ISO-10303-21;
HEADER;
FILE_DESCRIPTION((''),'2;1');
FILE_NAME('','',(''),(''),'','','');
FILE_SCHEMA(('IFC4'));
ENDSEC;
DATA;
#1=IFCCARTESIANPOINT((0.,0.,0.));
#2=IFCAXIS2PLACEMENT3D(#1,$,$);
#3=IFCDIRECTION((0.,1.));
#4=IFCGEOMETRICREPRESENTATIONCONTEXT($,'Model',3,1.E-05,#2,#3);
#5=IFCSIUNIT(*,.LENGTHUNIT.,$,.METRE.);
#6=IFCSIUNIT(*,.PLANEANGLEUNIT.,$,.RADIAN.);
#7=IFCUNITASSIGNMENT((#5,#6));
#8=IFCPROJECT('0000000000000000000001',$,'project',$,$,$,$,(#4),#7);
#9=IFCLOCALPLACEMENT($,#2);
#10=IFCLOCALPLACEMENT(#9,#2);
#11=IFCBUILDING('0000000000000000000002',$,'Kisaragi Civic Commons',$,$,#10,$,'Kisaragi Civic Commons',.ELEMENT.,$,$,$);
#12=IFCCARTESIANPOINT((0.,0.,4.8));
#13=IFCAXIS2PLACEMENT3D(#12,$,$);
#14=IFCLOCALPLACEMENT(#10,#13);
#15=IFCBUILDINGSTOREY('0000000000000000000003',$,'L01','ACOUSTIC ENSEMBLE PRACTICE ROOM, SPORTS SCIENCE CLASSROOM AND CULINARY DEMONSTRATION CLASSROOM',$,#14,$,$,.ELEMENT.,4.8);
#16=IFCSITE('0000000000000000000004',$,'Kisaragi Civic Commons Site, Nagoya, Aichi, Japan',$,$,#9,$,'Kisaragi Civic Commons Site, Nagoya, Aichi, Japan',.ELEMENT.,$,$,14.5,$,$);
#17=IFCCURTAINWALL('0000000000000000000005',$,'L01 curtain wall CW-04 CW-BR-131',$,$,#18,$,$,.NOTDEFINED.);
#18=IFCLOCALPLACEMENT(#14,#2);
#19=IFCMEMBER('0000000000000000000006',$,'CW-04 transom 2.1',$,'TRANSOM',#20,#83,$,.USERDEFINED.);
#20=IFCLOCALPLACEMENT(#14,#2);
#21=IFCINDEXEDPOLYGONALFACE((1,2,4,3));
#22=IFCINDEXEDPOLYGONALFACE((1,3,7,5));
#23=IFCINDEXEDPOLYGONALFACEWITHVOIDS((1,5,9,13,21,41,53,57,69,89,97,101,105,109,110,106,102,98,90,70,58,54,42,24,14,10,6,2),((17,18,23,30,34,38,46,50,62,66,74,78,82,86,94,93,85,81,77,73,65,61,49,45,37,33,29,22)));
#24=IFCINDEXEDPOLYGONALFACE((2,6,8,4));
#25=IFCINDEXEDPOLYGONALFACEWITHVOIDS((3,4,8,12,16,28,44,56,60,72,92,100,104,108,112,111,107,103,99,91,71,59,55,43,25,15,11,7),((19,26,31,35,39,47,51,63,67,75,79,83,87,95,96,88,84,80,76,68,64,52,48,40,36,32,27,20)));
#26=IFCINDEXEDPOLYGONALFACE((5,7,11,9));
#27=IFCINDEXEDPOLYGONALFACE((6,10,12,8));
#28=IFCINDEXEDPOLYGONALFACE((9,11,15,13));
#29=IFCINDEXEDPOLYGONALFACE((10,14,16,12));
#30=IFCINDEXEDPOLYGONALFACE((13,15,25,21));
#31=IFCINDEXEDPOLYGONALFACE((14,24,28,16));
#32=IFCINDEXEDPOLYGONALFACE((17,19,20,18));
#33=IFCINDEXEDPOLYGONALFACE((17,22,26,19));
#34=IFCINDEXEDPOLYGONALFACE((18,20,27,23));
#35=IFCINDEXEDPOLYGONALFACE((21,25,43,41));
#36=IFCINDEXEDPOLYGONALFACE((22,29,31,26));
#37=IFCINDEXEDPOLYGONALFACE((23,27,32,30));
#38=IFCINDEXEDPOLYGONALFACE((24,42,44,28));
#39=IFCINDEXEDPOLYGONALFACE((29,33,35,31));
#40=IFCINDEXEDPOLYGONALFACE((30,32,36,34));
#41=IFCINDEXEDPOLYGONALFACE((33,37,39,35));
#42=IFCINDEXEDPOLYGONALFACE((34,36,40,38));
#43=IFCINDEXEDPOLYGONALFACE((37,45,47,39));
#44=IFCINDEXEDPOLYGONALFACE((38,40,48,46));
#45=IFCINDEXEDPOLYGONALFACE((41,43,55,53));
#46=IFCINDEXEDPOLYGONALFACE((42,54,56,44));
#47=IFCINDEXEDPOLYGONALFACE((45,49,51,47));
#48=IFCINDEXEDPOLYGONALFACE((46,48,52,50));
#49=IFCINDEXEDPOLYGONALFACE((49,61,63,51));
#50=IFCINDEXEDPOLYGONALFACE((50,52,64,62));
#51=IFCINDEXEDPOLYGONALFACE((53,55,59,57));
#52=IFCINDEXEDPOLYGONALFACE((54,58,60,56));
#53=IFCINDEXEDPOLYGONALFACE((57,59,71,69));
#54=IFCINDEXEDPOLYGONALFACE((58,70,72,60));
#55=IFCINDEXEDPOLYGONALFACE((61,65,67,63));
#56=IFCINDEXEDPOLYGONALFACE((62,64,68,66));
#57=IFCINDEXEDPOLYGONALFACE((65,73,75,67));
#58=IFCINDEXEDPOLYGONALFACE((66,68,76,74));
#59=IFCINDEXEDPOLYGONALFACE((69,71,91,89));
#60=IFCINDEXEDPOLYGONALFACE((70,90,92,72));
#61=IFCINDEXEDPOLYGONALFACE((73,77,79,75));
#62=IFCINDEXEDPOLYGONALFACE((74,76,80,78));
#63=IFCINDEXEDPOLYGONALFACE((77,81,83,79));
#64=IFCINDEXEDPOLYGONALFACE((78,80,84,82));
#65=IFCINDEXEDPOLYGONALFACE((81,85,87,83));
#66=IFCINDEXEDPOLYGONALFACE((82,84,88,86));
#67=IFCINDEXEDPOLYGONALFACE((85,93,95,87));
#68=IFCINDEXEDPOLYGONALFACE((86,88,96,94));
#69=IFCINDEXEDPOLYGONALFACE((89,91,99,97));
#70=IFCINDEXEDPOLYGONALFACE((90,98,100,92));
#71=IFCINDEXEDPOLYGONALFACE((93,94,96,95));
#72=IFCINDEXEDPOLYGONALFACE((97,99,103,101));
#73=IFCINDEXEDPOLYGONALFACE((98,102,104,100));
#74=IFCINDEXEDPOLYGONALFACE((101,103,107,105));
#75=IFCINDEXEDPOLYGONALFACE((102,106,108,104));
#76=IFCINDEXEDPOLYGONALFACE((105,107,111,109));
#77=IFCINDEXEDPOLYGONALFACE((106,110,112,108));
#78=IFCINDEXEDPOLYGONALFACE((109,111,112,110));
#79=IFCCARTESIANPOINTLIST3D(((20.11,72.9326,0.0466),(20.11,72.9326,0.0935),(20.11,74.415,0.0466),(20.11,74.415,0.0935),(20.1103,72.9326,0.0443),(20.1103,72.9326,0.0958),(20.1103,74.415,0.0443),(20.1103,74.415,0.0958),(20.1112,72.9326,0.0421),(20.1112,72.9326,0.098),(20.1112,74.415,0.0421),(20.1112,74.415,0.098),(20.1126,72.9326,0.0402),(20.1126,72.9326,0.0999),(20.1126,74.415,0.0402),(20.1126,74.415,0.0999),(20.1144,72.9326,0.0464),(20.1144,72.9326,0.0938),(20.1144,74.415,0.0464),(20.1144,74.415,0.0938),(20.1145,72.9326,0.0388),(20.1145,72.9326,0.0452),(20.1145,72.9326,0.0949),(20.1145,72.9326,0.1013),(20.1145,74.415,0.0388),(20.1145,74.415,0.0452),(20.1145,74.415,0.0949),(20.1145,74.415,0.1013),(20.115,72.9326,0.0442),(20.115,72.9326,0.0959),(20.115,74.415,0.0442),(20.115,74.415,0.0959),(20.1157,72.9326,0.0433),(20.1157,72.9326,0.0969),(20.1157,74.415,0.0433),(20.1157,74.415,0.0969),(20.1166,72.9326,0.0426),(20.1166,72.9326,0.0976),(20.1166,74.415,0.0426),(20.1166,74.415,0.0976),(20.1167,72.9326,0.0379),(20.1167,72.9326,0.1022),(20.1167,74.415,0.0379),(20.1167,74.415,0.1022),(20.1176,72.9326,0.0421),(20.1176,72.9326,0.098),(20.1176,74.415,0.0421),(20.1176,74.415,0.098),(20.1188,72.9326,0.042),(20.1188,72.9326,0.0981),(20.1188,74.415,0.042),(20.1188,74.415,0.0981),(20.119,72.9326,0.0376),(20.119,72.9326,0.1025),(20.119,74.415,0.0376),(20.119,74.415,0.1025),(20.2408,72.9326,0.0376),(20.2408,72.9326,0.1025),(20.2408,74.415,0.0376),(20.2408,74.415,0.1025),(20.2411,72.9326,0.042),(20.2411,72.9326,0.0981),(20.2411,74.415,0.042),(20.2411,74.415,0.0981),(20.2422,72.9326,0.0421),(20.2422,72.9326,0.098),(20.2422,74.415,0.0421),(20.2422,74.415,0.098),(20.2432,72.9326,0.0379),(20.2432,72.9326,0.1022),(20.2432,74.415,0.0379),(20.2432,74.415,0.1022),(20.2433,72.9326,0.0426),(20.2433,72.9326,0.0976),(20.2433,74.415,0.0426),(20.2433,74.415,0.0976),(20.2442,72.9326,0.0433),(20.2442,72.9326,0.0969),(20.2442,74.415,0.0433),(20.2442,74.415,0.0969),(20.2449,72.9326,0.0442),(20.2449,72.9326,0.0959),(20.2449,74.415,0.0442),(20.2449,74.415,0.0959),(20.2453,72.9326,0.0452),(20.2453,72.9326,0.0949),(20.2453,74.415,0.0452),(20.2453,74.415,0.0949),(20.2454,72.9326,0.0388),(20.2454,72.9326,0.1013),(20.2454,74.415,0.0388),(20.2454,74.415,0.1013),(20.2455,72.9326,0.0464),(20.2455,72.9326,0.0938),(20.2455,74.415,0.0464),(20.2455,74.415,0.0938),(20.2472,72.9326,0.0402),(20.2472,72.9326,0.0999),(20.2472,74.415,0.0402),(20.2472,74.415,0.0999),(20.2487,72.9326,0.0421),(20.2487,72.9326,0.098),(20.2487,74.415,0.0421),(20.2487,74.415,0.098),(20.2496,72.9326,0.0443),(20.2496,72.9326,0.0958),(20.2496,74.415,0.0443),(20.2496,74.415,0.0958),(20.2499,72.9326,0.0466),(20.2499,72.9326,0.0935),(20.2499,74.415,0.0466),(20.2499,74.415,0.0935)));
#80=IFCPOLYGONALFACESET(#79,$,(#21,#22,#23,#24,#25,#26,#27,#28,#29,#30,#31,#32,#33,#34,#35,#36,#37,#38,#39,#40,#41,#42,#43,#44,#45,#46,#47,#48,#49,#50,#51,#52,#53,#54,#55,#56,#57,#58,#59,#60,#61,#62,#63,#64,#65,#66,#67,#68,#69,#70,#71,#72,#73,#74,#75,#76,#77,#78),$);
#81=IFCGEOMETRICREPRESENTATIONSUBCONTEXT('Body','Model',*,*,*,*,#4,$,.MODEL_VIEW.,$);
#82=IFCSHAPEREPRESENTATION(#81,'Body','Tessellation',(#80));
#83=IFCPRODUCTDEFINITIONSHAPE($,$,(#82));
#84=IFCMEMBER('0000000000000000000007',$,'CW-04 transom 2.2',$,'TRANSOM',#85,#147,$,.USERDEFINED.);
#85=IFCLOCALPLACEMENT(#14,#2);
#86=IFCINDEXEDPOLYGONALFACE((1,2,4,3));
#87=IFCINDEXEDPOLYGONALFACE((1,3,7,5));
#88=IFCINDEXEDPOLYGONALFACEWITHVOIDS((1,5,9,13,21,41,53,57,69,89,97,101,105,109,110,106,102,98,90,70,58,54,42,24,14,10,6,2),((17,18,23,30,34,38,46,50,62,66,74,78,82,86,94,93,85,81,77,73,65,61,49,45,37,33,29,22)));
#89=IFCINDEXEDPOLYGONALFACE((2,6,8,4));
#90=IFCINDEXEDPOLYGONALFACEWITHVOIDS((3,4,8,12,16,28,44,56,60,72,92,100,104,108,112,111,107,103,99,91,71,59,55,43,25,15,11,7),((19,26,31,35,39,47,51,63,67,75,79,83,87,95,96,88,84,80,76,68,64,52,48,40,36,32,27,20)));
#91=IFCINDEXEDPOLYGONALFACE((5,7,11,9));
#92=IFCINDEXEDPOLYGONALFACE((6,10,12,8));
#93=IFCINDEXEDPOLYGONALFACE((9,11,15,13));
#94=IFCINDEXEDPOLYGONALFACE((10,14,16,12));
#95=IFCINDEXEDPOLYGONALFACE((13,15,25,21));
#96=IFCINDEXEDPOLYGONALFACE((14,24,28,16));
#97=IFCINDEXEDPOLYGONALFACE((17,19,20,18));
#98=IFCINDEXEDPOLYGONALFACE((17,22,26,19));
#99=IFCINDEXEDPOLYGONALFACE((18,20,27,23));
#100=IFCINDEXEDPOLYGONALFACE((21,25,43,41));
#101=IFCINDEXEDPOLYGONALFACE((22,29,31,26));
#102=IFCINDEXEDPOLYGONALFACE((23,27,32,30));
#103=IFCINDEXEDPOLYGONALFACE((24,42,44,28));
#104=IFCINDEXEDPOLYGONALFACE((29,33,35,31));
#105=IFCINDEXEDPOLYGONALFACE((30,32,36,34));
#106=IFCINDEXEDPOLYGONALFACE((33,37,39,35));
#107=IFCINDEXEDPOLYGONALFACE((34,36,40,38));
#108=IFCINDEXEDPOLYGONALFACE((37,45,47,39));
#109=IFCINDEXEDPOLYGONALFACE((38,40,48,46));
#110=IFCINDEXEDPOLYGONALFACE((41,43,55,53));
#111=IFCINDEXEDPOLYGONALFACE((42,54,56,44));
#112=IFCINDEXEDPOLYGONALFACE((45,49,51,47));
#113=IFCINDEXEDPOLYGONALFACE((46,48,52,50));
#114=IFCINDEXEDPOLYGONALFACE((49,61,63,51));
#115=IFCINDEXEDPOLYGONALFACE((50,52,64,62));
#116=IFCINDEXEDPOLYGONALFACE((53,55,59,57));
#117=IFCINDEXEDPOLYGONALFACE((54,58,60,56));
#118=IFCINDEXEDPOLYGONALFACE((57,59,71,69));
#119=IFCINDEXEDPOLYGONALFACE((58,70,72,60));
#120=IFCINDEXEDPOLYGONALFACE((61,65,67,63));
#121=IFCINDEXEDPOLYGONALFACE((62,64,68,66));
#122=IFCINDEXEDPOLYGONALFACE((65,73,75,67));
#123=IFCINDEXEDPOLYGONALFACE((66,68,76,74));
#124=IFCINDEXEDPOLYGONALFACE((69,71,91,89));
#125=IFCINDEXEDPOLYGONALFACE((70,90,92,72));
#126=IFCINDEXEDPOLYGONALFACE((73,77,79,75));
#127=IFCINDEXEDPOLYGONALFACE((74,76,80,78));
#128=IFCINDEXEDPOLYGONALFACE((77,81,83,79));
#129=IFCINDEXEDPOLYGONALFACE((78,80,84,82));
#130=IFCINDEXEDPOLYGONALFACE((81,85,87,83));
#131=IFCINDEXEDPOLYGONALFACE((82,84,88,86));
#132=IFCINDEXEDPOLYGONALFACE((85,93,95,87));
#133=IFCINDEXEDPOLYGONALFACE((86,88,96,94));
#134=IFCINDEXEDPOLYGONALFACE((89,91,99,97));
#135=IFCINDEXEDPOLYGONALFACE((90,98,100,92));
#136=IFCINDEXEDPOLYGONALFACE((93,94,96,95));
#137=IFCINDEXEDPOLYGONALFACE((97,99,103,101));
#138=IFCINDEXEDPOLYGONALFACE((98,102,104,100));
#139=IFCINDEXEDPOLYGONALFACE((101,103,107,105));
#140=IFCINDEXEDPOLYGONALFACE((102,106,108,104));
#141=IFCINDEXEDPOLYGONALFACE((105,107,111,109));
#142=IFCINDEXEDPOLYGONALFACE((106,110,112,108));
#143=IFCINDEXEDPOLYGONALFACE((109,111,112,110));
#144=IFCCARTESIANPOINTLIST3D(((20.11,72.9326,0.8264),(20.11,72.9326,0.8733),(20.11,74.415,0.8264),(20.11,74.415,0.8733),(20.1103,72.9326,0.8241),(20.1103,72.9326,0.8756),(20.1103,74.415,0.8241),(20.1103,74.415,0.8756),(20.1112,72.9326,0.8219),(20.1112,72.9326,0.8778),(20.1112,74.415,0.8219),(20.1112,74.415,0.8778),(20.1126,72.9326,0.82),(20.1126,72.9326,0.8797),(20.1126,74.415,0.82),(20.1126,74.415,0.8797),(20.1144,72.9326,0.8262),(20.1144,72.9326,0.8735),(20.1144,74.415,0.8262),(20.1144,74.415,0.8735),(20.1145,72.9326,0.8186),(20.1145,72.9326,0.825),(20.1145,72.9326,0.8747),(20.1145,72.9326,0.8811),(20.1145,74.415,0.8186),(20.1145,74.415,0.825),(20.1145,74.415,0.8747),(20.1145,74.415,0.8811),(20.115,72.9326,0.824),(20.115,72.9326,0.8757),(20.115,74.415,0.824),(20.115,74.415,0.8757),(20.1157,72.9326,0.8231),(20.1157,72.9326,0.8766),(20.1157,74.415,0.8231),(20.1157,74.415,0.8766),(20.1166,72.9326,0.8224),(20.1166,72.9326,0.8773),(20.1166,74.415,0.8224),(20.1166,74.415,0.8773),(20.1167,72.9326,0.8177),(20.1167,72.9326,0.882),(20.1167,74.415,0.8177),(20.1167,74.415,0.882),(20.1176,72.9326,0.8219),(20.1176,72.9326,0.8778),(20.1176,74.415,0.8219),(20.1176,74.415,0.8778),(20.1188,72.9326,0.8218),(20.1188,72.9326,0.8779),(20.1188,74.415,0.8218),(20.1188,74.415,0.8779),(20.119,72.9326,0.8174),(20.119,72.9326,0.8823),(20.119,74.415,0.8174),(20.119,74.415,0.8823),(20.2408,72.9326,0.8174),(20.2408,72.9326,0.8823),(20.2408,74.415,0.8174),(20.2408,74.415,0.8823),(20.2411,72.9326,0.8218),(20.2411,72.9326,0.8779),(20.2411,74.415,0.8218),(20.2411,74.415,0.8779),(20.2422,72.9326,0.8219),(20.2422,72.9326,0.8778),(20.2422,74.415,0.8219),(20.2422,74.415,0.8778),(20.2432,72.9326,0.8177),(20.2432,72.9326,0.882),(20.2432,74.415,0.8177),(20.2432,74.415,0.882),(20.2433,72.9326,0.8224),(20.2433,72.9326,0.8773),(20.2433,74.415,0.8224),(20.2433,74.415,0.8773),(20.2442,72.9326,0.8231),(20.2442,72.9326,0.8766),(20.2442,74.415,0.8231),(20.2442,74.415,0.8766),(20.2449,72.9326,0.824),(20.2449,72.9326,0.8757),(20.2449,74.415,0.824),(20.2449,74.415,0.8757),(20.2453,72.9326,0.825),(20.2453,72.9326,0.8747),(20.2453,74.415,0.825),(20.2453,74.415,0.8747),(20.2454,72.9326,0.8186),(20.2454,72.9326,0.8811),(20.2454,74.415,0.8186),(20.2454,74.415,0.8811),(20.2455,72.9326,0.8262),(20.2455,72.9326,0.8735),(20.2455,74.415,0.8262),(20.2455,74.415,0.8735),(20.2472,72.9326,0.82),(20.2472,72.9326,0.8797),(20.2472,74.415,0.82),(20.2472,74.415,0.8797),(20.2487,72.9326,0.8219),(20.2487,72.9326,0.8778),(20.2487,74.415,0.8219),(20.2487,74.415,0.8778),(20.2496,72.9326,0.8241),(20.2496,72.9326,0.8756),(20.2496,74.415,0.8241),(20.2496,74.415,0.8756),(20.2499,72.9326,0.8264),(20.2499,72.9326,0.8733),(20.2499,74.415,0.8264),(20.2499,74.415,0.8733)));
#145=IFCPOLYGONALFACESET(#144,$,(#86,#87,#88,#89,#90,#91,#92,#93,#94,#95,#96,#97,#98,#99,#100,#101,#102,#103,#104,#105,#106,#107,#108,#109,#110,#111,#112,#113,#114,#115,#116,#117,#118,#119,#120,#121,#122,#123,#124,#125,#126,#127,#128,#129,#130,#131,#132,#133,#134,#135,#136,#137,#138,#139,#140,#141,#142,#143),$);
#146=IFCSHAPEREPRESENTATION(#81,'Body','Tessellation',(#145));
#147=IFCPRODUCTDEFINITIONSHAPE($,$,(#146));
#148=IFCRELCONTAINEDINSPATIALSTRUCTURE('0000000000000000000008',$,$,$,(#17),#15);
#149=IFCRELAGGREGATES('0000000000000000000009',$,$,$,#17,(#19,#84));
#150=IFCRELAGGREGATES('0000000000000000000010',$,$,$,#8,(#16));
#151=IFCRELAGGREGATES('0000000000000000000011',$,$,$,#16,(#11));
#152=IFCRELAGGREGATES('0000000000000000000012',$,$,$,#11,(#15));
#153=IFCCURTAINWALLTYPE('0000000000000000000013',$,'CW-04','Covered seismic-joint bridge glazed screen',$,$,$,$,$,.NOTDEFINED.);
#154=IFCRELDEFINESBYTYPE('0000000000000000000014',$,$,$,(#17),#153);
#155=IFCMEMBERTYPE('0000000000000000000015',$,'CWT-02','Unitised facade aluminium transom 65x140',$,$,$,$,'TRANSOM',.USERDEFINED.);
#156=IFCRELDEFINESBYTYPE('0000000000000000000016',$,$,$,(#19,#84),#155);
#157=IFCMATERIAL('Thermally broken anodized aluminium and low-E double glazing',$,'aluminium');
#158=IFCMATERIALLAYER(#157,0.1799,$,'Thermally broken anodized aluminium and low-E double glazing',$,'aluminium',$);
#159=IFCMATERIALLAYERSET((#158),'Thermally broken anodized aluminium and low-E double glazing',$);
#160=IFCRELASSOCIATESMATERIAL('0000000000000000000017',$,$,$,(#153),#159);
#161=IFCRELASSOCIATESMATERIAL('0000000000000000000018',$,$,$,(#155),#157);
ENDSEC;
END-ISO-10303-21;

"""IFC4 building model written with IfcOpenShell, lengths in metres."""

from ifc_helpers import new_model, si_unit, direction, frame, origin, origin_2d, place, context, subcontext, project, spatial, hollow_rectangle, extrude, material, layer, layer_set, material_profile, profile_set, type_object, element, aggregate, save


model = new_model("IFC4")

# Units and contexts
model_context = context("Model", 3, precision=1e-05, world=origin(), true_north=direction((0.0, 1.0)))
body_context = subcontext(model_context, "Body", "Model", "MODEL_VIEW")
ifc_project = project(units=[si_unit("LENGTHUNIT", "METRE"), si_unit("PLANEANGLEUNIT", "RADIAN")], contexts=[model_context])

# Site, building, storey
site_placement = place(None, origin())
site = spatial("IfcSite", under=ifc_project, at=site_placement, Name="Kisaragi Civic Commons Site, Nagoya, Aichi, Japan", LongName="Kisaragi Civic Commons Site, Nagoya, Aichi, Japan", CompositionType="ELEMENT", RefElevation=14.5)
building_placement = place(site_placement, origin())
building = spatial("IfcBuilding", under=site, at=building_placement, Name="Kisaragi Civic Commons", LongName="Kisaragi Civic Commons", CompositionType="ELEMENT")
storey_placement = place(building_placement, frame((0.0, 0.0, 4.8)))
storey = spatial("IfcBuildingStorey", under=building, at=storey_placement, Name="L01", Description="ACOUSTIC ENSEMBLE PRACTICE ROOM, SPORTS SCIENCE CLASSROOM AND CULINARY DEMONSTRATION CLASSROOM", CompositionType="ELEMENT", Elevation=4.8)

# Shared definitions
ifc_material_1 = material(Name="Thermally broken anodized aluminium and low-E double glazing", Category="aluminium")
ifc_layer_1 = layer(ifc_material_1, 0.1799, Name="Thermally broken anodized aluminium and low-E double glazing", Category="aluminium")
ifc_layer_set_1 = layer_set([ifc_layer_1], Name="Thermally broken anodized aluminium and low-E double glazing")
curtain_wall_type = type_object("IfcCurtainWallType", Name="CW-04", Description="Covered seismic-joint bridge glazed screen", PredefinedType="NOTDEFINED", material=ifc_layer_set_1)

# Curtain wall
curtain_wall_1_placement = place(storey_placement, origin())
curtain_wall_1 = element("IfcCurtainWall", 1, at=curtain_wall_1_placement, inside=storey, type_object=curtain_wall_type, Name="L01 curtain wall CW-04 CW-BR-131", PredefinedType="NOTDEFINED")
ifc_material_profile_1 = material_profile(ifc_material_1, hollow_rectangle(XDim=0.1399, YDim=0.0649, WallThickness=0.0044, InnerFilletRadius=0.0044, OuterFilletRadius=0.009, at=origin_2d()), Name="CWT-65x140x4.5", Category="aluminium")
ifc_profile_set_1 = profile_set([ifc_material_profile_1], Name="Thermally broken anodized aluminium and low-E double glazing")
member_type_1 = type_object("IfcMemberType", Name="CWT-02", Description="Unitised facade aluminium transom 65x140", ElementType="TRANSOM", PredefinedType="USERDEFINED", material=ifc_profile_set_1)

# Members
member_1_placement = place(storey_placement, frame((20.1799, 72.9326, 0.0701), z_axis=(0.0, 1.0, 0.0), x_axis=(-1.0, 0.0, 0.0)))
member_1 = element("IfcMember", 2, at=member_1_placement, type_object=member_type_1, Name="CW-04 transom 2.1", ObjectType="TRANSOM", PredefinedType="USERDEFINED", context=body_context, shape_type="SweptSolid", body=[
    extrude(hollow_rectangle(XDim=0.1399, YDim=0.0649, WallThickness=0.0044, InnerFilletRadius=0.0044, OuterFilletRadius=0.009, at=origin_2d()), origin(), (0.0, 0.0, 1.0), 1.4824),
])
member_2_placement = place(storey_placement, frame((20.1799, 72.9326, 0.8499), z_axis=(0.0, 1.0, 0.0), x_axis=(-1.0, 0.0, 0.0)))
member_2 = element("IfcMember", 3, at=member_2_placement, type_object=member_type_1, Name="CW-04 transom 2.2", ObjectType="TRANSOM", PredefinedType="USERDEFINED", context=body_context, shape_type="SweptSolid", body=[
    extrude(hollow_rectangle(XDim=0.1399, YDim=0.0649, WallThickness=0.0044, InnerFilletRadius=0.0044, OuterFilletRadius=0.009, at=origin_2d()), origin(), (0.0, 0.0, 1.0), 1.4824),
])

aggregate(curtain_wall_1, [member_1, member_2])

save(model, "model.ifc")
